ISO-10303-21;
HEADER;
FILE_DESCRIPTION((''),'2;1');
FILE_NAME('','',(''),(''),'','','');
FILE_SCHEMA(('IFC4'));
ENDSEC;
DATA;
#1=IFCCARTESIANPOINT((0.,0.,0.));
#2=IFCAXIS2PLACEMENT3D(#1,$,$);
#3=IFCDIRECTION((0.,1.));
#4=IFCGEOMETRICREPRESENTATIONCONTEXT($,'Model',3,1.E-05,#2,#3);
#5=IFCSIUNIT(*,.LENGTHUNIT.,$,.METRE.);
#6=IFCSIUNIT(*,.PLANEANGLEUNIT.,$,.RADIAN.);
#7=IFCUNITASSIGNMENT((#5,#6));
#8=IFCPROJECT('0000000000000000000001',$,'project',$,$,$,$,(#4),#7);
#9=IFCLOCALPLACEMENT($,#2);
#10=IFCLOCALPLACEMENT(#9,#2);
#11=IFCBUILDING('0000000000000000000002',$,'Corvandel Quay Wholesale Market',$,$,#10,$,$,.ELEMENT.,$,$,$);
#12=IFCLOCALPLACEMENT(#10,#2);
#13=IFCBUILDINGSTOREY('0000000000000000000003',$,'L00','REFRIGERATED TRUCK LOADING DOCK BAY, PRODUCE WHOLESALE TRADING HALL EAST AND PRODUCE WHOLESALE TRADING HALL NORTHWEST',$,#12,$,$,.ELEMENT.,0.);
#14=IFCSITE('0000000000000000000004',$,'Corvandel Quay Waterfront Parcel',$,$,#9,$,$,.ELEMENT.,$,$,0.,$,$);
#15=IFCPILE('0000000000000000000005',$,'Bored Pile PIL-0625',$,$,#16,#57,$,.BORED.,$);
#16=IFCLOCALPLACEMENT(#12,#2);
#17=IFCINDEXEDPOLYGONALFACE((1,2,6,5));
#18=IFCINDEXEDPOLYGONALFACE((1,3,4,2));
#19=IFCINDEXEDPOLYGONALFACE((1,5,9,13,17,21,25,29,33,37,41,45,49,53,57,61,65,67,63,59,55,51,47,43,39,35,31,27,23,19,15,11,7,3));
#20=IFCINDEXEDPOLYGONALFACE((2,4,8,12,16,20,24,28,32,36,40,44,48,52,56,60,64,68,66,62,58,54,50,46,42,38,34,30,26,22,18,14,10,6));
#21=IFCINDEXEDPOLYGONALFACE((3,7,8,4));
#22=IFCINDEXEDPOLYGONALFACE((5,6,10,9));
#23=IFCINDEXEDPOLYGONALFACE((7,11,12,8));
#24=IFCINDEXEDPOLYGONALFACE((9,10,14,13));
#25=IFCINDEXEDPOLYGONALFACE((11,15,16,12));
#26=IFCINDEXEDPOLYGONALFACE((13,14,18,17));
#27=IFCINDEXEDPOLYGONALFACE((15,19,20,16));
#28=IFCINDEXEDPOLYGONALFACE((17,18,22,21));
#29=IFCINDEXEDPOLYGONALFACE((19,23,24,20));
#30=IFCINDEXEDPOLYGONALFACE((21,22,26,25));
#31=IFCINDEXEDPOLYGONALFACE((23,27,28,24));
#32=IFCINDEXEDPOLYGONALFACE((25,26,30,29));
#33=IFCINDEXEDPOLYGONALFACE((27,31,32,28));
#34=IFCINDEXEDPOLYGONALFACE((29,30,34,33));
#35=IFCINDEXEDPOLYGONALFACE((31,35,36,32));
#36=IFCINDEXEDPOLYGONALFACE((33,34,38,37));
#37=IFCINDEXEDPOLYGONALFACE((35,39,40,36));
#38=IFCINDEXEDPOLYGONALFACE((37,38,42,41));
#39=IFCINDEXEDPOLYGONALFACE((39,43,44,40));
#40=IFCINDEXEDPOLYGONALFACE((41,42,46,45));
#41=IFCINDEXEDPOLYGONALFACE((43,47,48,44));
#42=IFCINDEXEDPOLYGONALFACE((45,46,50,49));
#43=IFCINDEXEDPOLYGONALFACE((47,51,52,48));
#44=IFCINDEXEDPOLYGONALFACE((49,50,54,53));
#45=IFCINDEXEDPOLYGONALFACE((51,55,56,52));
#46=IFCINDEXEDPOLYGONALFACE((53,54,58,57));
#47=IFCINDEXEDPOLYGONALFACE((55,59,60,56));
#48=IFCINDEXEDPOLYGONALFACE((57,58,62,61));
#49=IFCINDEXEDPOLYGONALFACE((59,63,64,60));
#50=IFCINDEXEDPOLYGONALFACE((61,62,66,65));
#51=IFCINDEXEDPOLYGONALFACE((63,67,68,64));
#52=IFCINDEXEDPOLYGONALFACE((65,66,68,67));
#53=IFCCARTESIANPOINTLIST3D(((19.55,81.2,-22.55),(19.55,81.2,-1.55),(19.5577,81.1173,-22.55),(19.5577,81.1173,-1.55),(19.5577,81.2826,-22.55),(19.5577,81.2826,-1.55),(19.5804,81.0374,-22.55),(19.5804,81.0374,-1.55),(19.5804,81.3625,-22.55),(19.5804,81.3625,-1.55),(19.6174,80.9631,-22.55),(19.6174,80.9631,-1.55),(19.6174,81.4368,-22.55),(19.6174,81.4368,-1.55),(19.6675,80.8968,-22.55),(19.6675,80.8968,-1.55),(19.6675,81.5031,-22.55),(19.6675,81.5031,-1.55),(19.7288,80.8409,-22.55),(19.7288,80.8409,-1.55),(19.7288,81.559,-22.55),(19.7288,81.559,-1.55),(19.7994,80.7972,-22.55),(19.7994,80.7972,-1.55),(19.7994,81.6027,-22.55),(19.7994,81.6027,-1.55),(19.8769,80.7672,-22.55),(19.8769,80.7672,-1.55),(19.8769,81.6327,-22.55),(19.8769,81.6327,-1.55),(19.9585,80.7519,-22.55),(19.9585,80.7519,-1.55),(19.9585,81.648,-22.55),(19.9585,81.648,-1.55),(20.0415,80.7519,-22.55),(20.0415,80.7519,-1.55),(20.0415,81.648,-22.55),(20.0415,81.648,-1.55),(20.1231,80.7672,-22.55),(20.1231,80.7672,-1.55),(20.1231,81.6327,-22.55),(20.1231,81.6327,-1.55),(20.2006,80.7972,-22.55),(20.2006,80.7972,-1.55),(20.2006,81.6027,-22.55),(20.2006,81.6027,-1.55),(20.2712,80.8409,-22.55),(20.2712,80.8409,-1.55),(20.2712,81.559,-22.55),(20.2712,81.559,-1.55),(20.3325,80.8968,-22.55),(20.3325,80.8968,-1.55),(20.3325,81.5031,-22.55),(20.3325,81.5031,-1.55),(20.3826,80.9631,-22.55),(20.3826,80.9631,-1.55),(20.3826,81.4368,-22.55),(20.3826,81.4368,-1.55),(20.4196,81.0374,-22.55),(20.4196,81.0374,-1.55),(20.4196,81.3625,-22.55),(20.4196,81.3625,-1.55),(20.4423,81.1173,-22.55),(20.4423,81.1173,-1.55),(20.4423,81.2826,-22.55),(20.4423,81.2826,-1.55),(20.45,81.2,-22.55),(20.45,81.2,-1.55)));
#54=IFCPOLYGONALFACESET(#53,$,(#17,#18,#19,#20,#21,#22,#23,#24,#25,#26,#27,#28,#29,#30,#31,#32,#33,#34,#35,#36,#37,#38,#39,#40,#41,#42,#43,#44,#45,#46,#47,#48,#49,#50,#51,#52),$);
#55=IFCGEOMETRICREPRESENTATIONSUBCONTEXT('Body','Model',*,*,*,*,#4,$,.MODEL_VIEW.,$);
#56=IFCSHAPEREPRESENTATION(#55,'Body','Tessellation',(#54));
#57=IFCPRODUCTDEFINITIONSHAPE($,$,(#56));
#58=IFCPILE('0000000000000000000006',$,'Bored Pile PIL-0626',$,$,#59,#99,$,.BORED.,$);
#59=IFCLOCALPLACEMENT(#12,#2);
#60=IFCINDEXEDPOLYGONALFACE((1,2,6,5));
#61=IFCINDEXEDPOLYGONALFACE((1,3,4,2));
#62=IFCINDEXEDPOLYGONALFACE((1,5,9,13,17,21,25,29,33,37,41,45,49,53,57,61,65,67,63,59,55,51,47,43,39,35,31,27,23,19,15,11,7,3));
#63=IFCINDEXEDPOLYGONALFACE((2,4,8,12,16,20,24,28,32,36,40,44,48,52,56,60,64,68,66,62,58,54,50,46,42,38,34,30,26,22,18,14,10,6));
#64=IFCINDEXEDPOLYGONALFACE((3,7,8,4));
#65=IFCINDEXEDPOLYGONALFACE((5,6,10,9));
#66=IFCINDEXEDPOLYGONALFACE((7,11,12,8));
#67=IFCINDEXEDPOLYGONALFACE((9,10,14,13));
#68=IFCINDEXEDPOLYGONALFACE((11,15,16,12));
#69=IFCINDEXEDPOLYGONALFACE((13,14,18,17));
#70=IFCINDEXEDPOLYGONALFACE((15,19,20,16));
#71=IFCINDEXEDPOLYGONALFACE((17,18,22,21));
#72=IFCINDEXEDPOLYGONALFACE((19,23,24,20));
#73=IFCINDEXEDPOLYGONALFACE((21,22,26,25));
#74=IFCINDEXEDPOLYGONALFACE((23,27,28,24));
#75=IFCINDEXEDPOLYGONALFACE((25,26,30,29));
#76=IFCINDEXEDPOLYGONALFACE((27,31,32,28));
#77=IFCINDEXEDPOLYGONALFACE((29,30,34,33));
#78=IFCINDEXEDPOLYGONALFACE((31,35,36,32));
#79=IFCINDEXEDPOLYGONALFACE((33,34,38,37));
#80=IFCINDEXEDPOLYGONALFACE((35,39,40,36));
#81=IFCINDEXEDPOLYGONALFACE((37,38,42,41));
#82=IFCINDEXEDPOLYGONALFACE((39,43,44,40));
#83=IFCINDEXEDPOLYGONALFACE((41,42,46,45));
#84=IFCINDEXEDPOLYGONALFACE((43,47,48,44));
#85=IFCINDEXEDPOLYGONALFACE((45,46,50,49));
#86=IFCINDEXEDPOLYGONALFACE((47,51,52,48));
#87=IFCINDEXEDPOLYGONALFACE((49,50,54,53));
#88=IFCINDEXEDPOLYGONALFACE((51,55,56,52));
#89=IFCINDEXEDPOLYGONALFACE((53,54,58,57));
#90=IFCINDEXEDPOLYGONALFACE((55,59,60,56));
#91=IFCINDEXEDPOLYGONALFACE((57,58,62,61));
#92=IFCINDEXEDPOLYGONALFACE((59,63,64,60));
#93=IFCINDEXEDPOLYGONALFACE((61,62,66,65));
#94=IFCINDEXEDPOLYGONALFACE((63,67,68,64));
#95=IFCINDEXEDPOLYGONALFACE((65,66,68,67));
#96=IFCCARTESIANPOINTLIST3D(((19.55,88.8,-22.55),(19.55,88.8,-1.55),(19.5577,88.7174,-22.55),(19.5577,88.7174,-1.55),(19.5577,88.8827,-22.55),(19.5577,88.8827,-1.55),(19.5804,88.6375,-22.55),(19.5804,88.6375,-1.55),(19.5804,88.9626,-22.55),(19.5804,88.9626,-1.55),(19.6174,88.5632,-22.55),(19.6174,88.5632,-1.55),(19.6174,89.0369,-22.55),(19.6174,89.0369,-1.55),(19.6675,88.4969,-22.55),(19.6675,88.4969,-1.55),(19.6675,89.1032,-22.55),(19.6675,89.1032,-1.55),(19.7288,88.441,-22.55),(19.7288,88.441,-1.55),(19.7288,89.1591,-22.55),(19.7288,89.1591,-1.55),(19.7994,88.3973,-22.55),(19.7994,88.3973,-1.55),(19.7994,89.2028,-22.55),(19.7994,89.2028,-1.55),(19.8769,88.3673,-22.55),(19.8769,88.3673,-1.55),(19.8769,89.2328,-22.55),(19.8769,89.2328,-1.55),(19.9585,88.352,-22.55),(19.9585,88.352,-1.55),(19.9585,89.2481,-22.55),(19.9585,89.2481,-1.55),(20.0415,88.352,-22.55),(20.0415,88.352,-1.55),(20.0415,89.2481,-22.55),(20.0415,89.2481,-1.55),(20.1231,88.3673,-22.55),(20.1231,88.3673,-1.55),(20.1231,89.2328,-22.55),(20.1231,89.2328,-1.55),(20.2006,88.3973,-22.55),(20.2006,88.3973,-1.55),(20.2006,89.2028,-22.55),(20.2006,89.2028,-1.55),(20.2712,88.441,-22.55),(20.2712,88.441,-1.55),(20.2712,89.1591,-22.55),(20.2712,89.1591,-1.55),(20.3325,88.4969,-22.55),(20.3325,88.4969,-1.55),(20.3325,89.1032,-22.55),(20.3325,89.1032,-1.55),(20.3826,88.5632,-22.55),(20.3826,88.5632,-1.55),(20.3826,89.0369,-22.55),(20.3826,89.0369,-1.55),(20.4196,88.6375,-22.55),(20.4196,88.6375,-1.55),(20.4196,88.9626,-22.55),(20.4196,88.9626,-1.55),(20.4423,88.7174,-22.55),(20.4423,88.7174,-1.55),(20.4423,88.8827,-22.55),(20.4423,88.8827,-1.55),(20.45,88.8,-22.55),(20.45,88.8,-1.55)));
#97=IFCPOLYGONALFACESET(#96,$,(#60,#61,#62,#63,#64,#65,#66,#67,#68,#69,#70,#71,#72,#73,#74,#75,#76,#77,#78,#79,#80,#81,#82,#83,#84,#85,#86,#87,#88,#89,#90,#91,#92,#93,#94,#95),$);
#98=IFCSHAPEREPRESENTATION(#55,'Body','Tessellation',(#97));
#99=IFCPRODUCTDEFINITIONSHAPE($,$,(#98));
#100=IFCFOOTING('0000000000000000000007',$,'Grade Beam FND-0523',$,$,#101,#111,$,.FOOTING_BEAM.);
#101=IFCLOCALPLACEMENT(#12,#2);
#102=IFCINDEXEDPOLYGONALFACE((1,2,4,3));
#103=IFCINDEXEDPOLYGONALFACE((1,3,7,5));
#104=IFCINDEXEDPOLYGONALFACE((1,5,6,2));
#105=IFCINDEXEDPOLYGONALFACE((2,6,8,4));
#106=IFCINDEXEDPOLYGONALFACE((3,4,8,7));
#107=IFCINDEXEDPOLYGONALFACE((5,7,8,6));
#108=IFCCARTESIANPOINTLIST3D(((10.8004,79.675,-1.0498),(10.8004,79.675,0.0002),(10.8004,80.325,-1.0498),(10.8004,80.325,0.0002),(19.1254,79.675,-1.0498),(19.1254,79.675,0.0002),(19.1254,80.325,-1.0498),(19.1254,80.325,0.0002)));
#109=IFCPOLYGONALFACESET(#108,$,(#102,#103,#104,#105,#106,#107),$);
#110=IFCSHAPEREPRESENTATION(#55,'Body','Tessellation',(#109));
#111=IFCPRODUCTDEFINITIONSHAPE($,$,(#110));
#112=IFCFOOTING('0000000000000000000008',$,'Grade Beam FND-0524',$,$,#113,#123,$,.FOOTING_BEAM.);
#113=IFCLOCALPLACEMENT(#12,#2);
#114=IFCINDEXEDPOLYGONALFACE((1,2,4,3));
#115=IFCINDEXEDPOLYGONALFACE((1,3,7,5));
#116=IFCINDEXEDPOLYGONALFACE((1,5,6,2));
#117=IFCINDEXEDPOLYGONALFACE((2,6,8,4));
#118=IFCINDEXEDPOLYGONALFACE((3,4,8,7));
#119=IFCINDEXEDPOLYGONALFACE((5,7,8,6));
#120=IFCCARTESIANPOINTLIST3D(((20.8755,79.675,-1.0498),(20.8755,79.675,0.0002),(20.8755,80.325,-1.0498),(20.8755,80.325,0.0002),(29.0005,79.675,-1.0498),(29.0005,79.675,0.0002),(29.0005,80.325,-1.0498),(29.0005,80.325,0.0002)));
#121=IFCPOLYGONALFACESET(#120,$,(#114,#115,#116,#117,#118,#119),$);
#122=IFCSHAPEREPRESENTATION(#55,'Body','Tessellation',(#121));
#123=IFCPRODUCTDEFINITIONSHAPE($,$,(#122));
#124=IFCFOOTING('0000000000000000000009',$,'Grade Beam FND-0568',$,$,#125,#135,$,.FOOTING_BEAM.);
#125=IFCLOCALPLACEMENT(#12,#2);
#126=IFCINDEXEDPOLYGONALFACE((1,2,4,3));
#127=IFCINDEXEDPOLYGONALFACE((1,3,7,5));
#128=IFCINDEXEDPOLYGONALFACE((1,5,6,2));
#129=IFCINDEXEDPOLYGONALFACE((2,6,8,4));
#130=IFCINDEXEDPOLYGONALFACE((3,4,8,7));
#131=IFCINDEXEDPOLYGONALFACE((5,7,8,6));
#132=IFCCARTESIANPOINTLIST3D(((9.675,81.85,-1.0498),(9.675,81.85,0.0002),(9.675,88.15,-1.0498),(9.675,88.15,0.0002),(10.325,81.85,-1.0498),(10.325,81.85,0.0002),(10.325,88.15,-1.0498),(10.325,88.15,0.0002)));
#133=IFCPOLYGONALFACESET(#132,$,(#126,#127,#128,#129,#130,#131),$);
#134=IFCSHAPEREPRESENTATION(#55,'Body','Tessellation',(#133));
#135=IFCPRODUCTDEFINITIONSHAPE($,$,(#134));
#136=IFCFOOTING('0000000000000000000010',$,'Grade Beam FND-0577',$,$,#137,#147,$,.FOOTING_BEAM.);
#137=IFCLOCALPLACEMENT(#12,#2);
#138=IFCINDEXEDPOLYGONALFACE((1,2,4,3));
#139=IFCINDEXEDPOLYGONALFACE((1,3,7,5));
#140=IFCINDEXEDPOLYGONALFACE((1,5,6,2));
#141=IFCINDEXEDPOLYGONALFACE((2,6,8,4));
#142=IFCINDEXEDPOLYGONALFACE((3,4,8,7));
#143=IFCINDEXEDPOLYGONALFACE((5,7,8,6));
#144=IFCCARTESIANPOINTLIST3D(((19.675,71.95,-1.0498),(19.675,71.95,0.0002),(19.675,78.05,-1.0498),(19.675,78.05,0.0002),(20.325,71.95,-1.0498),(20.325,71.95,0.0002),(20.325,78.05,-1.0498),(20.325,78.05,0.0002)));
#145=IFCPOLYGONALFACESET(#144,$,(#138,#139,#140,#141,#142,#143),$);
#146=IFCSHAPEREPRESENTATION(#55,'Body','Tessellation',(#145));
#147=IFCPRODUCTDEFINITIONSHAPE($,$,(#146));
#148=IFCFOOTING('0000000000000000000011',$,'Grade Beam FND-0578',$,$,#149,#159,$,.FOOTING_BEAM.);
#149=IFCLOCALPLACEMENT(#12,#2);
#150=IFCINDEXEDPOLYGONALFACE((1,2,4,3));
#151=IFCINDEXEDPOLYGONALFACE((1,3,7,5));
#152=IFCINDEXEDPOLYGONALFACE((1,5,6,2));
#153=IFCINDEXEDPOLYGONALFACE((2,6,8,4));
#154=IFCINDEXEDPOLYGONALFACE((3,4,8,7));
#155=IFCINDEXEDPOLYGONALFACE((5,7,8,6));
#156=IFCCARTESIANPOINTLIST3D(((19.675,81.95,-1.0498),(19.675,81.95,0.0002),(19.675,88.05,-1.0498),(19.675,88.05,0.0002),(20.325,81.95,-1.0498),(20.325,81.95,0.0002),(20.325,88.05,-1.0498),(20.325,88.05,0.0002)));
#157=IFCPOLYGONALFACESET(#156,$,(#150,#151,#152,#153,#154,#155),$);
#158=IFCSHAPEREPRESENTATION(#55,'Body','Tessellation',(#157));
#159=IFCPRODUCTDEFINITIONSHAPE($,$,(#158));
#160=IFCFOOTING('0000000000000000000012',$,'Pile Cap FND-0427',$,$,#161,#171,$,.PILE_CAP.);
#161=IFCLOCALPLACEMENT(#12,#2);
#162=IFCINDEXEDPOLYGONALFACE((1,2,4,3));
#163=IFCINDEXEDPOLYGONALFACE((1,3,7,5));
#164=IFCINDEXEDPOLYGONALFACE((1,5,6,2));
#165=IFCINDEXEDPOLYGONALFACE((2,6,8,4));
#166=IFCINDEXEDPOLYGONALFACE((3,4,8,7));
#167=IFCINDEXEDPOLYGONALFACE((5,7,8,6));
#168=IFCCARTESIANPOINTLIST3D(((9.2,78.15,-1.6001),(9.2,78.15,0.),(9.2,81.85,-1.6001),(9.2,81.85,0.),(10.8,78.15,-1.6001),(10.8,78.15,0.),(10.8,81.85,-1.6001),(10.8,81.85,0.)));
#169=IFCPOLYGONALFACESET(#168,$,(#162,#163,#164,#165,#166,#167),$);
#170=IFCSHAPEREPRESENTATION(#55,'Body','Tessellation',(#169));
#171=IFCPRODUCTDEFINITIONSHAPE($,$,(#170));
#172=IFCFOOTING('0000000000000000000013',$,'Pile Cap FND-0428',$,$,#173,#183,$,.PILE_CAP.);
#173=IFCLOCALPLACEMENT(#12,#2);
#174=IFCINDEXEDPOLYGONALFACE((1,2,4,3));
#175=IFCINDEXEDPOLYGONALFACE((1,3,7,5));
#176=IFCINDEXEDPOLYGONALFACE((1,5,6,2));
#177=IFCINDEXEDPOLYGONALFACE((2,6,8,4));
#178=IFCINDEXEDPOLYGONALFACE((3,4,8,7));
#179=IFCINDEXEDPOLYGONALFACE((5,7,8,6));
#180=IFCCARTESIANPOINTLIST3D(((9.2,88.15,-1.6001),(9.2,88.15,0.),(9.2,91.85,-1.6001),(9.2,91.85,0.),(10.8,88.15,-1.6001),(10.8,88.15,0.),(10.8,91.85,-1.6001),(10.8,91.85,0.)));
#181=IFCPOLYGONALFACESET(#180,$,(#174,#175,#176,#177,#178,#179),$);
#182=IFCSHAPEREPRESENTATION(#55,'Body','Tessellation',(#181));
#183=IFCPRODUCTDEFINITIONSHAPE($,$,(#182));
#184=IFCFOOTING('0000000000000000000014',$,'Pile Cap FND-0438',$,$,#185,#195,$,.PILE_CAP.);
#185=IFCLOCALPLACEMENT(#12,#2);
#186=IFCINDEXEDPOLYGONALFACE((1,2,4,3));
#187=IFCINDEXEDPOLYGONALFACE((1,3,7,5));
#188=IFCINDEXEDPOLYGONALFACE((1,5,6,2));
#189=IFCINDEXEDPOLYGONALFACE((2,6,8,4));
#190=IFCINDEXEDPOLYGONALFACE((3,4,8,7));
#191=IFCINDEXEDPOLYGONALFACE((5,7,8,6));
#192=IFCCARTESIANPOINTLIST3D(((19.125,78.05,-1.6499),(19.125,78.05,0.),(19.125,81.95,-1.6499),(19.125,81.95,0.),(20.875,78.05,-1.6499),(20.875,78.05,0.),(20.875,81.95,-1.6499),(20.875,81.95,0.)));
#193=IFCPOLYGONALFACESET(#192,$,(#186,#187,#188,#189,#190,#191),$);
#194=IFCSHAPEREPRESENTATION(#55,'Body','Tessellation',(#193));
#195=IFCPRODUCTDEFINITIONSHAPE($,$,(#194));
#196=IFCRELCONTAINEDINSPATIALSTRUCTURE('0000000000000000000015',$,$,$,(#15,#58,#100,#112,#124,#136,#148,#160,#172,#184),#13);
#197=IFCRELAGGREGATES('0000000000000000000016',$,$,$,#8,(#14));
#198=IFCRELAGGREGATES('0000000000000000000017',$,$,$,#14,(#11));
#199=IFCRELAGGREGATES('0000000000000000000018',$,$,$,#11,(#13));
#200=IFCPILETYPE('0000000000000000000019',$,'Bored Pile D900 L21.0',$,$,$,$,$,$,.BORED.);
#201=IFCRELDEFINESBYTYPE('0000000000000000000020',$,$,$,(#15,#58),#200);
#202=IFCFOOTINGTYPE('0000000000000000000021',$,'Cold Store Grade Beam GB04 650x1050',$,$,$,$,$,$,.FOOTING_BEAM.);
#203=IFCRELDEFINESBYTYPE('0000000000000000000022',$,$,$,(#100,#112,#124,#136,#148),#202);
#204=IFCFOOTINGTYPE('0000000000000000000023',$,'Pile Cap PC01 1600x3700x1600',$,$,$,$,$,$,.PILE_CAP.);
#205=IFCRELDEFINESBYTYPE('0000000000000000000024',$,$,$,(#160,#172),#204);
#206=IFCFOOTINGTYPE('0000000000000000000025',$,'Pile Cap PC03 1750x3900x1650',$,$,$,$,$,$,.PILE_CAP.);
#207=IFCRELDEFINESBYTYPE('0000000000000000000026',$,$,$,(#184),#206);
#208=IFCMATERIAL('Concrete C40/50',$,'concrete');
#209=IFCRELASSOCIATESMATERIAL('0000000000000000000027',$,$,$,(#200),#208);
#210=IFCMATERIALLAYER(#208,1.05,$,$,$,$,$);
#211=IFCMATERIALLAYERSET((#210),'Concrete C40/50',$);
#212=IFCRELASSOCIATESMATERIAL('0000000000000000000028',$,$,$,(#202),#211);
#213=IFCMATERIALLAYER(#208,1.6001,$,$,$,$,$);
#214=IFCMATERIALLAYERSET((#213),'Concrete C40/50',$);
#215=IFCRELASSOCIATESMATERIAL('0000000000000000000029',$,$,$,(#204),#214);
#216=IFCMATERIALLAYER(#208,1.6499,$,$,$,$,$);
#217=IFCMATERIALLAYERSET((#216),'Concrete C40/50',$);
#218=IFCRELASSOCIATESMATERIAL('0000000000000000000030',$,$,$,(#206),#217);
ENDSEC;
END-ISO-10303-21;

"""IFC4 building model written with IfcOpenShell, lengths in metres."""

from ifc_helpers import new_model, si_unit, direction, frame, origin, origin_2d, place, context, subcontext, project, spatial, rectangle, circle, extrude, material, layer, layer_set, material_profile, profile_set, type_object, element, save


model = new_model("IFC4")

# Units and contexts
model_context = context("Model", 3, precision=1e-05, world=origin(), true_north=direction((0.0, 1.0)))
body_context = subcontext(model_context, "Body", "Model", "MODEL_VIEW")
ifc_project = project(units=[si_unit("LENGTHUNIT", "METRE"), si_unit("PLANEANGLEUNIT", "RADIAN")], contexts=[model_context])

# Site, building, storey
site_placement = place(None, origin())
site = spatial("IfcSite", under=ifc_project, at=site_placement, Name="Corvandel Quay Waterfront Parcel", CompositionType="ELEMENT", RefElevation=0.0)
building_placement = place(site_placement, origin())
building = spatial("IfcBuilding", under=site, at=building_placement, Name="Corvandel Quay Wholesale Market", CompositionType="ELEMENT")
storey_placement = place(building_placement, origin())
storey = spatial("IfcBuildingStorey", under=building, at=storey_placement, Name="L00", Description="REFRIGERATED TRUCK LOADING DOCK BAY, PRODUCE WHOLESALE TRADING HALL EAST AND PRODUCE WHOLESALE TRADING HALL NORTHWEST", CompositionType="ELEMENT", Elevation=0.0)

# Piles
ifc_material_1 = material(Name="Concrete C40/50", Category="concrete")
ifc_material_profile_1 = material_profile(ifc_material_1, circle(Radius=0.45, at=origin_2d()), Name="RC-PILE-D900")
ifc_profile_set_1 = profile_set([ifc_material_profile_1], Name="Concrete C40/50")
pile_type = type_object("IfcPileType", Name="Bored Pile D900 L21.0", PredefinedType="BORED", material=ifc_profile_set_1)
for number, where, z_axis, x_axis, name in (
    (1, (20.0, 81.2, -1.55), (0.0, 0.0, -1.0), (1.0, 0.0, 0.0), "Bored Pile PIL-0625"),
    (2, (20.0, 88.8, -1.55), (0.0, 0.0, -1.0), (1.0, 0.0, 0.0), "Bored Pile PIL-0626"),
):
    element("IfcPile", number, at=place(storey_placement, frame(where, z_axis=z_axis, x_axis=x_axis)), inside=storey, type_object=pile_type, Name=name, PredefinedType="BORED", context=body_context, shape_type="SweptSolid", body=[
        extrude(circle(Radius=0.45, at=origin_2d()), origin(), (0.0, 0.0, 1.0), 21.0),
    ])

# Footings
ifc_layer_1 = layer(ifc_material_1, 1.05)
ifc_layer_set_1 = layer_set([ifc_layer_1], Name="Concrete C40/50")
footing_type_1 = type_object("IfcFootingType", Name="Cold Store Grade Beam GB04 650x1050", PredefinedType="FOOTING_BEAM", material=ifc_layer_set_1)
footing_1_placement = place(storey_placement, frame((14.9629, 80.0, -1.0498), z_axis=(0.0, 0.0, 1.0), x_axis=(1.0, 0.0, 0.0)))
element("IfcFooting", 3, at=footing_1_placement, inside=storey, type_object=footing_type_1, Name="Grade Beam FND-0523", PredefinedType="FOOTING_BEAM", context=body_context, shape_type="SweptSolid", body=[
    extrude(rectangle(XDim=8.325, YDim=0.6499, at=origin_2d()), origin(), (0.0, 0.0, 1.0), 1.05),
])
footing_2_placement = place(storey_placement, frame((24.938, 80.0, -1.0498), z_axis=(0.0, 0.0, 1.0), x_axis=(1.0, 0.0, 0.0)))
element("IfcFooting", 4, at=footing_2_placement, inside=storey, type_object=footing_type_1, Name="Grade Beam FND-0524", PredefinedType="FOOTING_BEAM", context=body_context, shape_type="SweptSolid", body=[
    extrude(rectangle(XDim=8.125, YDim=0.6499, at=origin_2d()), origin(), (0.0, 0.0, 1.0), 1.05),
])
footing_3_placement = place(storey_placement, frame((10.0, 85.0, -1.0498), z_axis=(0.0, 0.0, 1.0), x_axis=(0.0, 1.0, 0.0)))
element("IfcFooting", 5, at=footing_3_placement, inside=storey, type_object=footing_type_1, Name="Grade Beam FND-0568", PredefinedType="FOOTING_BEAM", context=body_context, shape_type="SweptSolid", body=[
    extrude(rectangle(XDim=6.3, YDim=0.6499, at=origin_2d()), origin(), (0.0, 0.0, 1.0), 1.05),
])
for number, where, z_axis, x_axis, name in (
    (6, (20.0, 75.0, -1.0498), (0.0, 0.0, 1.0), (0.0, 1.0, 0.0), "Grade Beam FND-0577"),
    (7, (20.0, 85.0, -1.0498), (0.0, 0.0, 1.0), (0.0, 1.0, 0.0), "Grade Beam FND-0578"),
):
    element("IfcFooting", number, at=place(storey_placement, frame(where, z_axis=z_axis, x_axis=x_axis)), inside=storey, type_object=footing_type_1, Name=name, PredefinedType="FOOTING_BEAM", context=body_context, shape_type="SweptSolid", body=[
        extrude(rectangle(XDim=6.1001, YDim=0.6499, at=origin_2d()), origin(), (0.0, 0.0, 1.0), 1.05),
    ])
ifc_layer_2 = layer(ifc_material_1, 1.6001)
ifc_layer_set_2 = layer_set([ifc_layer_2], Name="Concrete C40/50")
footing_type_2 = type_object("IfcFootingType", Name="Pile Cap PC01 1600x3700x1600", PredefinedType="PILE_CAP", material=ifc_layer_set_2)
for number, where, z_axis, x_axis, name in (
    (8, (10.0, 80.0, -1.6001), (0.0, 0.0, 1.0), (1.0, 0.0, 0.0), "Pile Cap FND-0427"),
    (9, (10.0, 90.0, -1.6001), (0.0, 0.0, 1.0), (1.0, 0.0, 0.0), "Pile Cap FND-0428"),
):
    element("IfcFooting", number, at=place(storey_placement, frame(where, z_axis=z_axis, x_axis=x_axis)), inside=storey, type_object=footing_type_2, Name=name, PredefinedType="PILE_CAP", context=body_context, shape_type="SweptSolid", body=[
        extrude(rectangle(XDim=1.6001, YDim=3.7, at=origin_2d()), origin(), (0.0, 0.0, 1.0), 1.6001),
    ])
ifc_layer_3 = layer(ifc_material_1, 1.6499)
ifc_layer_set_3 = layer_set([ifc_layer_3], Name="Concrete C40/50")
footing_type_3 = type_object("IfcFootingType", Name="Pile Cap PC03 1750x3900x1650", PredefinedType="PILE_CAP", material=ifc_layer_set_3)
footing_4_placement = place(storey_placement, frame((20.0, 80.0, -1.6499), z_axis=(0.0, 0.0, 1.0), x_axis=(1.0, 0.0, 0.0)))
element("IfcFooting", 10, at=footing_4_placement, inside=storey, type_object=footing_type_3, Name="Pile Cap FND-0438", PredefinedType="PILE_CAP", context=body_context, shape_type="SweptSolid", body=[
    extrude(rectangle(XDim=1.75, YDim=3.8999, at=origin_2d()), origin(), (0.0, 0.0, 1.0), 1.6499),
])

save(model, "model.ifc")
